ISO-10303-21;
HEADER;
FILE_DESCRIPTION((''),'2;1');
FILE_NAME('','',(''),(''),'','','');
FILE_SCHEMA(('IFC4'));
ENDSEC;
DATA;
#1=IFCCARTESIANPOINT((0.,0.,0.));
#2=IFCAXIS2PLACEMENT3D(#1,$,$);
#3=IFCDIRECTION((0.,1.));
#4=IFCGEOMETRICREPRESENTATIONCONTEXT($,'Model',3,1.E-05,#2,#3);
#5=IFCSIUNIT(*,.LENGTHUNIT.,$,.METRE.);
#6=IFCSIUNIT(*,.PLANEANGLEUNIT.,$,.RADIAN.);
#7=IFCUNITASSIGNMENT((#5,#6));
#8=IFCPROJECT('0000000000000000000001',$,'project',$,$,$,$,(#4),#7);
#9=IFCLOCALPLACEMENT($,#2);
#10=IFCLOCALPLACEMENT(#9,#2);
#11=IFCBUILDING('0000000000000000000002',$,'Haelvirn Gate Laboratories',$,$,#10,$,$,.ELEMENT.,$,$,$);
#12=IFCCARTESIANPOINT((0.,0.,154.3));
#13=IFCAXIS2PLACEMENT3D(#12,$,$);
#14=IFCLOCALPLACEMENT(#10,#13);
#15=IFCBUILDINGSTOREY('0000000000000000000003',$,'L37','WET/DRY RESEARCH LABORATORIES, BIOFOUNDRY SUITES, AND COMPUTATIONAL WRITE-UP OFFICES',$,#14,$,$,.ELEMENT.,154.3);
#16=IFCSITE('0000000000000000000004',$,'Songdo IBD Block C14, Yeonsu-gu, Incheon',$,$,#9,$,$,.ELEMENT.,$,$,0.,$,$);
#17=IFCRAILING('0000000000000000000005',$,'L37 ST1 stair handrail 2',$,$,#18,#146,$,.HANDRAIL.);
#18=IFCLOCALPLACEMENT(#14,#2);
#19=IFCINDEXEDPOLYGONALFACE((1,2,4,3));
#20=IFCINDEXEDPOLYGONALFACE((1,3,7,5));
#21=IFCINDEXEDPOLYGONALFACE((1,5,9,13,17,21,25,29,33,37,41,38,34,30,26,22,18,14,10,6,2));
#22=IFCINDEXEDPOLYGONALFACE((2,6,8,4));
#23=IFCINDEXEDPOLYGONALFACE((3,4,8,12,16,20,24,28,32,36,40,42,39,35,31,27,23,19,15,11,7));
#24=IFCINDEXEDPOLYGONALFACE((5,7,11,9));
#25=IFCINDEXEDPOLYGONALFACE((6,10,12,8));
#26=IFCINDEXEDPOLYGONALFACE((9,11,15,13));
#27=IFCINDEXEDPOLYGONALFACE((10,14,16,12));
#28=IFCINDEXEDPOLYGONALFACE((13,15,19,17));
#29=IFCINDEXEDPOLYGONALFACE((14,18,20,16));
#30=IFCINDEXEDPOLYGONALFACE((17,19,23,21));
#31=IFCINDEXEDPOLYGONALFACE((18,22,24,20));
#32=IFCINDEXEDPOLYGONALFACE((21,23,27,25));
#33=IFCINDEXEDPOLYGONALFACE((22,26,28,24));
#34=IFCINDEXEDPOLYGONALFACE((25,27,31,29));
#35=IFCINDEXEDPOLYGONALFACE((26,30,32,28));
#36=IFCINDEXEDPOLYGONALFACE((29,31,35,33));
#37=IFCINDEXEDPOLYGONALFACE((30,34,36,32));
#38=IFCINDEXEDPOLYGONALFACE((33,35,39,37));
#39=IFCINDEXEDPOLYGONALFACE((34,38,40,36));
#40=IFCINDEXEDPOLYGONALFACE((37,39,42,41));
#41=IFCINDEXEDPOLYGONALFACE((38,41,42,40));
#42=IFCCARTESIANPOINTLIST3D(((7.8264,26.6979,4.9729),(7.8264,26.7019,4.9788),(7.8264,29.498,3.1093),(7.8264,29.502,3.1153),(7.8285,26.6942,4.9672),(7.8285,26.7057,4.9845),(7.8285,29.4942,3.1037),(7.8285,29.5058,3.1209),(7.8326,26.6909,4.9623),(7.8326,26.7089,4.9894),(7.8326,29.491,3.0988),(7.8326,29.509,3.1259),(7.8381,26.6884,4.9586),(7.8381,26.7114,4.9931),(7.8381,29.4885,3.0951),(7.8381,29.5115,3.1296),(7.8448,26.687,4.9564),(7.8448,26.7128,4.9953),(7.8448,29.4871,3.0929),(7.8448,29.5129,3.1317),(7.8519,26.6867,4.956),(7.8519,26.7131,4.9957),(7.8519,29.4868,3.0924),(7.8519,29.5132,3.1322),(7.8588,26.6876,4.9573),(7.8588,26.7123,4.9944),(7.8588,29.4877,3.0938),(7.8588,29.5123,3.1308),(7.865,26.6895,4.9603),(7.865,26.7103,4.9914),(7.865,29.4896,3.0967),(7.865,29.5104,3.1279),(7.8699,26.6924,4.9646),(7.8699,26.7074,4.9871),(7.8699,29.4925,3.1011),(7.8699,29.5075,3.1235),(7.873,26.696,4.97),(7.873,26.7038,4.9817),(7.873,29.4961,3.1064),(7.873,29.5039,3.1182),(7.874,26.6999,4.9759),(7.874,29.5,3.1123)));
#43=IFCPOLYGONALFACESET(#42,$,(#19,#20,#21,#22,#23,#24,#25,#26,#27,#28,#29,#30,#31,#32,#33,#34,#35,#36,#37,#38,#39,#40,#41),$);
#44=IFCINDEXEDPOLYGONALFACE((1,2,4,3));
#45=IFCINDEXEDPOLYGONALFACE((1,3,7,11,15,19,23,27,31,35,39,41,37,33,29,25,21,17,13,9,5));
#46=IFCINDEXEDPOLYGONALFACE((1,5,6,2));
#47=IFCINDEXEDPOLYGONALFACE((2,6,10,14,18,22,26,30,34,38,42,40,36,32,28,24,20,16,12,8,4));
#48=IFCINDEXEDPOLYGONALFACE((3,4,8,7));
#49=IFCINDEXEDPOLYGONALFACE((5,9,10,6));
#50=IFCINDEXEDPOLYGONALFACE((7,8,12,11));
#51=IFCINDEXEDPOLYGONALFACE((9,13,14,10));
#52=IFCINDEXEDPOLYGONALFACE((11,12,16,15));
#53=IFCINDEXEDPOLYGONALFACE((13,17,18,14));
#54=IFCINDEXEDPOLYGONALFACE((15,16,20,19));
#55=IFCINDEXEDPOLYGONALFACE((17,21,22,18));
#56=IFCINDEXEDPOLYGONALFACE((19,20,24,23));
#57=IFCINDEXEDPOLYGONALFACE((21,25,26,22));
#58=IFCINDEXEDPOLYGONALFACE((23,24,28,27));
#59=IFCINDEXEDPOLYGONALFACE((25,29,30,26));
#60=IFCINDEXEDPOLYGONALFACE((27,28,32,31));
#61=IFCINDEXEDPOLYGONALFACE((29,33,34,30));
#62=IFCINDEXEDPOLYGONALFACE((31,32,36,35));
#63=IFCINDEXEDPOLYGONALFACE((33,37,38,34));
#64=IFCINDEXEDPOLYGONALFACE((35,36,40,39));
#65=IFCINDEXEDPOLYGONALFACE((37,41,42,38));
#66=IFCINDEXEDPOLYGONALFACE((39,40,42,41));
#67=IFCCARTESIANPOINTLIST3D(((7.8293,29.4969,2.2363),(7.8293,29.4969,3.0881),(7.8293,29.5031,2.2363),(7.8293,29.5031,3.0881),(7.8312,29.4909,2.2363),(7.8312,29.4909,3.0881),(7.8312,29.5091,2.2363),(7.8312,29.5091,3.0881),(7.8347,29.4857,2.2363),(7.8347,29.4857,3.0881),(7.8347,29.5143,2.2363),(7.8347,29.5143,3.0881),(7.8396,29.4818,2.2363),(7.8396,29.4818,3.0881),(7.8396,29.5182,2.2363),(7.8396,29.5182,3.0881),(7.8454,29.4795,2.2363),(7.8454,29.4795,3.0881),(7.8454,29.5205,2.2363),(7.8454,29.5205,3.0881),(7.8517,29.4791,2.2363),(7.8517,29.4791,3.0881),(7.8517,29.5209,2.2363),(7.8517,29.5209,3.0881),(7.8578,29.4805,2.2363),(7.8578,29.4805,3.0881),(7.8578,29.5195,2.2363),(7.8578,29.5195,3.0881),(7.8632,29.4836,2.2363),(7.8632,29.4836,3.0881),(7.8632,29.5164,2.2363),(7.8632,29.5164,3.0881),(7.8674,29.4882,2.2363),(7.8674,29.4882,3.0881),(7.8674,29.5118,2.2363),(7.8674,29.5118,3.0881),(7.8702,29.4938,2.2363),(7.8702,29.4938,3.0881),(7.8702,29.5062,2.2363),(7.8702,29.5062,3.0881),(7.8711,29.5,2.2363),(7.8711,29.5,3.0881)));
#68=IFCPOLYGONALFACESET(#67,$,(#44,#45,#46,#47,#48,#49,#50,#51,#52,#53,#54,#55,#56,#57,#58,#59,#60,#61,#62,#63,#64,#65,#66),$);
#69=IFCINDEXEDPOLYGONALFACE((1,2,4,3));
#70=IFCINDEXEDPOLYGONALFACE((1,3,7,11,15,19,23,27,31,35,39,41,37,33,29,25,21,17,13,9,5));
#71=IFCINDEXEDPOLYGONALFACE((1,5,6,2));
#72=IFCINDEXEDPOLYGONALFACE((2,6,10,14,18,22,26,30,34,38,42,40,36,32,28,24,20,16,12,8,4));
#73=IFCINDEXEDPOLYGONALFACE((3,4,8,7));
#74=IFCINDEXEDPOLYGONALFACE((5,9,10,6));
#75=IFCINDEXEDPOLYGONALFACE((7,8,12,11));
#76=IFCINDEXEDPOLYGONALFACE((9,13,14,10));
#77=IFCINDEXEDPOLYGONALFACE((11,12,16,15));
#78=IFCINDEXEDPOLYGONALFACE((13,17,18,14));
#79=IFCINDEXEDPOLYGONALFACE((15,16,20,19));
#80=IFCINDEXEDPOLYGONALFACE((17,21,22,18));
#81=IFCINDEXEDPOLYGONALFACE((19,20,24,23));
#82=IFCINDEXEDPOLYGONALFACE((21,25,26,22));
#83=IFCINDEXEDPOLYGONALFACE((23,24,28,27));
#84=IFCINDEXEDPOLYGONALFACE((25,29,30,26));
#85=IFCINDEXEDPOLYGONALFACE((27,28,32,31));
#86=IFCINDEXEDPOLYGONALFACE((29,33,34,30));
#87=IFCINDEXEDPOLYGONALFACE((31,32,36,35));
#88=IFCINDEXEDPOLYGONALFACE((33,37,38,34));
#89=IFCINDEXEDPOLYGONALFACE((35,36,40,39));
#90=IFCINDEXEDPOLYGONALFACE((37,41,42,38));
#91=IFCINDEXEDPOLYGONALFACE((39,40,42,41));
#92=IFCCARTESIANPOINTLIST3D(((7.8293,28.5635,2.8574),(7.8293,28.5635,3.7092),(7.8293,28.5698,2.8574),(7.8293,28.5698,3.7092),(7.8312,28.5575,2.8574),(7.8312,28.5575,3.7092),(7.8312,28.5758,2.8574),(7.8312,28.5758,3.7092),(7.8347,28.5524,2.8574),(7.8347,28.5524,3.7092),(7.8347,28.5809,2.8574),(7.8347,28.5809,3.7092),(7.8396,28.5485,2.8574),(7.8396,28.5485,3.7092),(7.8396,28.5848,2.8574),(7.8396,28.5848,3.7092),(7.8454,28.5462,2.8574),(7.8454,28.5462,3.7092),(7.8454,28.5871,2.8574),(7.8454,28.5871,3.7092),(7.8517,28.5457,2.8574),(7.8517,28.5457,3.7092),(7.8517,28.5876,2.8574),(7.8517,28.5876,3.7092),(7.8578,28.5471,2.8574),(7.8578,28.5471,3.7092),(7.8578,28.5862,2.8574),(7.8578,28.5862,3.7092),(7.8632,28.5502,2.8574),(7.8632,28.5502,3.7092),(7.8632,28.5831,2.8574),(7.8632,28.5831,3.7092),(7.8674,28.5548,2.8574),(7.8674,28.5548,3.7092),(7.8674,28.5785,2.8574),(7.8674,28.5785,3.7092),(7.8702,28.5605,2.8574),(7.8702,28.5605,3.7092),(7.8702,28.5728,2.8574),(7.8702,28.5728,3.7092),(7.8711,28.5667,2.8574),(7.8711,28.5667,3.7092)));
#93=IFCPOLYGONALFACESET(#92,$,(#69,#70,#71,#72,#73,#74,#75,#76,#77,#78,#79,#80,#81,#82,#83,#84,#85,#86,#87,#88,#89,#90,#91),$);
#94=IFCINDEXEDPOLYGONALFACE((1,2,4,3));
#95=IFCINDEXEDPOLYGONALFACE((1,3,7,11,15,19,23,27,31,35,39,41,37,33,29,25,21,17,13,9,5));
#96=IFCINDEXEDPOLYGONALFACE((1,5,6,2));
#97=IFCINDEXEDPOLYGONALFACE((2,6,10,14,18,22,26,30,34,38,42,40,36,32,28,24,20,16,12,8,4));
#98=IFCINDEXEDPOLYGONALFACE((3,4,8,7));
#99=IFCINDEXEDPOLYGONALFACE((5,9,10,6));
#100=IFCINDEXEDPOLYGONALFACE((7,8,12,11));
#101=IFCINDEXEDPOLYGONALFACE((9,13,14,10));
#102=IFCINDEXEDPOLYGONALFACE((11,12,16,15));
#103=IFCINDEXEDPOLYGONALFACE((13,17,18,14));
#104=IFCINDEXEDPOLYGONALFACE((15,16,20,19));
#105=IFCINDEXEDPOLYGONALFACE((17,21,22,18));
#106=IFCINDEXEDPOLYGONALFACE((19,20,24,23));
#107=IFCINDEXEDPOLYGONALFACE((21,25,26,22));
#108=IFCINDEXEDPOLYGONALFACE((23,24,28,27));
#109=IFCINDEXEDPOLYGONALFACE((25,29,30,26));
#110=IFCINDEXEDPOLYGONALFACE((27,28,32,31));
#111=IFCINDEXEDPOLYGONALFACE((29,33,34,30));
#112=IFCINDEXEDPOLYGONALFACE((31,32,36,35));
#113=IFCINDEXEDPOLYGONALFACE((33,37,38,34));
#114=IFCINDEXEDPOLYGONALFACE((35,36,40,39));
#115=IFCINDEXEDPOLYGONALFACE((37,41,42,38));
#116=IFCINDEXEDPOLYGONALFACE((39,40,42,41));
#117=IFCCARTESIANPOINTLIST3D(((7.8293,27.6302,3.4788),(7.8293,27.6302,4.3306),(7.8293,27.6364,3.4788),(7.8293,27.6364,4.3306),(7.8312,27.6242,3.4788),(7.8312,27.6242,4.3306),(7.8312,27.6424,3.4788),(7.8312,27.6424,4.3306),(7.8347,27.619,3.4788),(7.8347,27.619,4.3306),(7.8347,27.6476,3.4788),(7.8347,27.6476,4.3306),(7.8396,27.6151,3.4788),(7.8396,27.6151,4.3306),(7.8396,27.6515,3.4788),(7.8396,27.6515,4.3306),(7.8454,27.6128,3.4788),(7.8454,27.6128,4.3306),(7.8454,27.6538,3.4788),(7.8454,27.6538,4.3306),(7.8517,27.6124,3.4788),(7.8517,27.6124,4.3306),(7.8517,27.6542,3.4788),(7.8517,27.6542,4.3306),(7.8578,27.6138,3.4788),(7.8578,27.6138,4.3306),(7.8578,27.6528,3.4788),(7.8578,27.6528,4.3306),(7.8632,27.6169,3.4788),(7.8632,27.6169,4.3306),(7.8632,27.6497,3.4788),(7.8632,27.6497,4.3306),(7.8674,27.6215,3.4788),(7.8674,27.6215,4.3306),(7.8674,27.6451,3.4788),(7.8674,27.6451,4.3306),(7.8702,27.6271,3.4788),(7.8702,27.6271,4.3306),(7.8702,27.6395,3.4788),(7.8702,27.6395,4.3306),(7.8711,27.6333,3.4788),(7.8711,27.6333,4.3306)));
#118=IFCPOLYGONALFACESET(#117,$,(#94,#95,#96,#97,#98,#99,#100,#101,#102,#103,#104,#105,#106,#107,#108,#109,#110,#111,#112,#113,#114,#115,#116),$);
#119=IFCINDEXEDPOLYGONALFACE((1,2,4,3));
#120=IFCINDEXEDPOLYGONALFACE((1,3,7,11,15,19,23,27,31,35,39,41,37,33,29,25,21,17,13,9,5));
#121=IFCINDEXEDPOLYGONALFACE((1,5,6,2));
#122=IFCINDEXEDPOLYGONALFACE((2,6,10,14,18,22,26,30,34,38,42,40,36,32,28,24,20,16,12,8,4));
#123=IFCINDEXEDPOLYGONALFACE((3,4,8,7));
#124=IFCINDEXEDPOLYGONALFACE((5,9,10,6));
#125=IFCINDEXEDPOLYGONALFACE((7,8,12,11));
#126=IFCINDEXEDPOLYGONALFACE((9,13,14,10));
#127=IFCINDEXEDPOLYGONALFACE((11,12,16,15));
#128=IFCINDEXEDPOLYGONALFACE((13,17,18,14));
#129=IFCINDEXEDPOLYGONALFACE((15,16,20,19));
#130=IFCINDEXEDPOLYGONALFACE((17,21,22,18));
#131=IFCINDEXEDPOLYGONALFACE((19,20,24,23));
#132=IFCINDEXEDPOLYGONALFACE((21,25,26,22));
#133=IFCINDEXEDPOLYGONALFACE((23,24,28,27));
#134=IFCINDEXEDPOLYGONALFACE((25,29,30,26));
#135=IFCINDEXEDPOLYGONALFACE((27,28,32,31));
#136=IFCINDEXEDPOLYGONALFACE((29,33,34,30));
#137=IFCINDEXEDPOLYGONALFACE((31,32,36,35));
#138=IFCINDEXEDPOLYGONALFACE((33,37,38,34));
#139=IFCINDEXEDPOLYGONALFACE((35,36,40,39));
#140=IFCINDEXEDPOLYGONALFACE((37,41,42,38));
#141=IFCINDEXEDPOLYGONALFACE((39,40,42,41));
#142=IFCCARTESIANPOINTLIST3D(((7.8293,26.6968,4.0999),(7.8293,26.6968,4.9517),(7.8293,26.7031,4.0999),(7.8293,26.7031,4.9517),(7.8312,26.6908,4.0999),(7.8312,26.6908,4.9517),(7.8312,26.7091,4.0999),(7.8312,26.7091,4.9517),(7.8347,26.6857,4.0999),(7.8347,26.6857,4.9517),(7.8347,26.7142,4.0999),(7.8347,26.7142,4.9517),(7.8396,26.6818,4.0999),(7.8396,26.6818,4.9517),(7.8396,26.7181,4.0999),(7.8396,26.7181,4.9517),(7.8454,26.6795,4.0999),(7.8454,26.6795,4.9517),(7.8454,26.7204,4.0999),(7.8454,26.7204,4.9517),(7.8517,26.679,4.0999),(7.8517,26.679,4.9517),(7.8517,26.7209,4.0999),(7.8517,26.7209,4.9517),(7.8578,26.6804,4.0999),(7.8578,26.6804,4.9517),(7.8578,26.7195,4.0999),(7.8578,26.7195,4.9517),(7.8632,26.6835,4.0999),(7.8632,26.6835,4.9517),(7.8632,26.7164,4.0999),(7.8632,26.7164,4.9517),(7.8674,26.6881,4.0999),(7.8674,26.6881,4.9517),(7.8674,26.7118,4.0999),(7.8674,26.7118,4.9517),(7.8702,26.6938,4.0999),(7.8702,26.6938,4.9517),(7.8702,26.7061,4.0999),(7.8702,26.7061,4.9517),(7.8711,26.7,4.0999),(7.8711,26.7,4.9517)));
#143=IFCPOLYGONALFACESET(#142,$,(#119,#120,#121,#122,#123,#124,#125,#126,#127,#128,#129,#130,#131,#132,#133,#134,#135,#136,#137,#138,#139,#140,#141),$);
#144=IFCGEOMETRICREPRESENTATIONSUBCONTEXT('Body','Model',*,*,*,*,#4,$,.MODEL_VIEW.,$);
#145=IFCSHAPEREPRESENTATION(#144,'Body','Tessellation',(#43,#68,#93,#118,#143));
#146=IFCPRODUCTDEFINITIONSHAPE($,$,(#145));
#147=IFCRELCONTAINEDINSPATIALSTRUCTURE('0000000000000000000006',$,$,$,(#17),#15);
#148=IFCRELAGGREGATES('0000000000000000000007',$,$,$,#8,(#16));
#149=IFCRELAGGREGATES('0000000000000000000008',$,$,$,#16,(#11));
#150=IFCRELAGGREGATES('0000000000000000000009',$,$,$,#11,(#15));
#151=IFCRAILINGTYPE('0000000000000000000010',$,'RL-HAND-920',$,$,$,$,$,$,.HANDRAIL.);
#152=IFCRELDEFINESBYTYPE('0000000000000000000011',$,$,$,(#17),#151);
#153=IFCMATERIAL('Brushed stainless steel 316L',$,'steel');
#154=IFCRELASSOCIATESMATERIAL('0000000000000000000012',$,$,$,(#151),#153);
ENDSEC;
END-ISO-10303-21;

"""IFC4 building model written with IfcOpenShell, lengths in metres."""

from ifc_helpers import new_model, si_unit, direction, frame, origin, origin_2d, place, context, subcontext, project, spatial, circle, extrude, source, transform, mapped, material, type_object, element, save


model = new_model("IFC4")

# Units and contexts
model_context = context("Model", 3, precision=1e-05, world=origin(), true_north=direction((0.0, 1.0)))
body_context = subcontext(model_context, "Body", "Model", "MODEL_VIEW")
ifc_project = project(units=[si_unit("LENGTHUNIT", "METRE"), si_unit("PLANEANGLEUNIT", "RADIAN")], contexts=[model_context])

# Site, building, storey
site_placement = place(None, origin())
site = spatial("IfcSite", under=ifc_project, at=site_placement, Name="Songdo IBD Block C14, Yeonsu-gu, Incheon", CompositionType="ELEMENT", RefElevation=0.0)
building_placement = place(site_placement, origin())
building = spatial("IfcBuilding", under=site, at=building_placement, Name="Haelvirn Gate Laboratories", CompositionType="ELEMENT")
storey_placement = place(building_placement, frame((0.0, 0.0, 154.3)))
storey = spatial("IfcBuildingStorey", under=building, at=storey_placement, Name="L37", Description="WET/DRY RESEARCH LABORATORIES, BIOFOUNDRY SUITES, AND COMPUTATIONAL WRITE-UP OFFICES", CompositionType="ELEMENT", Elevation=154.3)

# Railing
ifc_material_1 = material(Name="Brushed stainless steel 316L", Category="steel")
railing_type_1 = type_object("IfcRailingType", Name="RL-HAND-920", PredefinedType="HANDRAIL", material=ifc_material_1)
shared_shape_1 = source(origin(), body_context, "Body", "SweptSolid", [
    extrude(circle(Radius=0.0239, at=origin_2d()), frame((0.0, 0.0, 0.876), z_axis=(0.0, -0.832486, 0.554047), x_axis=(1.0, 0.0, 0.0)), (0.0, 0.0, 1.0), 3.3635),
    extrude(circle(Radius=0.021, at=origin_2d()), origin(), (0.0, 0.0, 1.0), 0.8518),
    extrude(circle(Radius=0.021, at=origin_2d()), frame((0.0, -0.9333, 0.6211)), (0.0, 0.0, 1.0), 0.8518),
    extrude(circle(Radius=0.021, at=origin_2d()), frame((0.0, -1.8667, 1.2424)), (0.0, 0.0, 1.0), 0.8518),
    extrude(circle(Radius=0.021, at=origin_2d()), frame((0.0, -2.8, 1.8635)), (0.0, 0.0, 1.0), 0.8518),
])
railing_1_placement = place(storey_placement, frame((7.8501, 29.5, 2.2363)))
element("IfcRailing", 1, at=railing_1_placement, inside=storey, type_object=railing_type_1, Name="L37 ST1 stair handrail 2", PredefinedType="HANDRAIL", context=body_context, shape_type="MappedRepresentation", body=[
    mapped(shared_shape_1, transform((0.0, 0.0, 0.0), scale=1.0)),
])

save(model, "model.ifc")
